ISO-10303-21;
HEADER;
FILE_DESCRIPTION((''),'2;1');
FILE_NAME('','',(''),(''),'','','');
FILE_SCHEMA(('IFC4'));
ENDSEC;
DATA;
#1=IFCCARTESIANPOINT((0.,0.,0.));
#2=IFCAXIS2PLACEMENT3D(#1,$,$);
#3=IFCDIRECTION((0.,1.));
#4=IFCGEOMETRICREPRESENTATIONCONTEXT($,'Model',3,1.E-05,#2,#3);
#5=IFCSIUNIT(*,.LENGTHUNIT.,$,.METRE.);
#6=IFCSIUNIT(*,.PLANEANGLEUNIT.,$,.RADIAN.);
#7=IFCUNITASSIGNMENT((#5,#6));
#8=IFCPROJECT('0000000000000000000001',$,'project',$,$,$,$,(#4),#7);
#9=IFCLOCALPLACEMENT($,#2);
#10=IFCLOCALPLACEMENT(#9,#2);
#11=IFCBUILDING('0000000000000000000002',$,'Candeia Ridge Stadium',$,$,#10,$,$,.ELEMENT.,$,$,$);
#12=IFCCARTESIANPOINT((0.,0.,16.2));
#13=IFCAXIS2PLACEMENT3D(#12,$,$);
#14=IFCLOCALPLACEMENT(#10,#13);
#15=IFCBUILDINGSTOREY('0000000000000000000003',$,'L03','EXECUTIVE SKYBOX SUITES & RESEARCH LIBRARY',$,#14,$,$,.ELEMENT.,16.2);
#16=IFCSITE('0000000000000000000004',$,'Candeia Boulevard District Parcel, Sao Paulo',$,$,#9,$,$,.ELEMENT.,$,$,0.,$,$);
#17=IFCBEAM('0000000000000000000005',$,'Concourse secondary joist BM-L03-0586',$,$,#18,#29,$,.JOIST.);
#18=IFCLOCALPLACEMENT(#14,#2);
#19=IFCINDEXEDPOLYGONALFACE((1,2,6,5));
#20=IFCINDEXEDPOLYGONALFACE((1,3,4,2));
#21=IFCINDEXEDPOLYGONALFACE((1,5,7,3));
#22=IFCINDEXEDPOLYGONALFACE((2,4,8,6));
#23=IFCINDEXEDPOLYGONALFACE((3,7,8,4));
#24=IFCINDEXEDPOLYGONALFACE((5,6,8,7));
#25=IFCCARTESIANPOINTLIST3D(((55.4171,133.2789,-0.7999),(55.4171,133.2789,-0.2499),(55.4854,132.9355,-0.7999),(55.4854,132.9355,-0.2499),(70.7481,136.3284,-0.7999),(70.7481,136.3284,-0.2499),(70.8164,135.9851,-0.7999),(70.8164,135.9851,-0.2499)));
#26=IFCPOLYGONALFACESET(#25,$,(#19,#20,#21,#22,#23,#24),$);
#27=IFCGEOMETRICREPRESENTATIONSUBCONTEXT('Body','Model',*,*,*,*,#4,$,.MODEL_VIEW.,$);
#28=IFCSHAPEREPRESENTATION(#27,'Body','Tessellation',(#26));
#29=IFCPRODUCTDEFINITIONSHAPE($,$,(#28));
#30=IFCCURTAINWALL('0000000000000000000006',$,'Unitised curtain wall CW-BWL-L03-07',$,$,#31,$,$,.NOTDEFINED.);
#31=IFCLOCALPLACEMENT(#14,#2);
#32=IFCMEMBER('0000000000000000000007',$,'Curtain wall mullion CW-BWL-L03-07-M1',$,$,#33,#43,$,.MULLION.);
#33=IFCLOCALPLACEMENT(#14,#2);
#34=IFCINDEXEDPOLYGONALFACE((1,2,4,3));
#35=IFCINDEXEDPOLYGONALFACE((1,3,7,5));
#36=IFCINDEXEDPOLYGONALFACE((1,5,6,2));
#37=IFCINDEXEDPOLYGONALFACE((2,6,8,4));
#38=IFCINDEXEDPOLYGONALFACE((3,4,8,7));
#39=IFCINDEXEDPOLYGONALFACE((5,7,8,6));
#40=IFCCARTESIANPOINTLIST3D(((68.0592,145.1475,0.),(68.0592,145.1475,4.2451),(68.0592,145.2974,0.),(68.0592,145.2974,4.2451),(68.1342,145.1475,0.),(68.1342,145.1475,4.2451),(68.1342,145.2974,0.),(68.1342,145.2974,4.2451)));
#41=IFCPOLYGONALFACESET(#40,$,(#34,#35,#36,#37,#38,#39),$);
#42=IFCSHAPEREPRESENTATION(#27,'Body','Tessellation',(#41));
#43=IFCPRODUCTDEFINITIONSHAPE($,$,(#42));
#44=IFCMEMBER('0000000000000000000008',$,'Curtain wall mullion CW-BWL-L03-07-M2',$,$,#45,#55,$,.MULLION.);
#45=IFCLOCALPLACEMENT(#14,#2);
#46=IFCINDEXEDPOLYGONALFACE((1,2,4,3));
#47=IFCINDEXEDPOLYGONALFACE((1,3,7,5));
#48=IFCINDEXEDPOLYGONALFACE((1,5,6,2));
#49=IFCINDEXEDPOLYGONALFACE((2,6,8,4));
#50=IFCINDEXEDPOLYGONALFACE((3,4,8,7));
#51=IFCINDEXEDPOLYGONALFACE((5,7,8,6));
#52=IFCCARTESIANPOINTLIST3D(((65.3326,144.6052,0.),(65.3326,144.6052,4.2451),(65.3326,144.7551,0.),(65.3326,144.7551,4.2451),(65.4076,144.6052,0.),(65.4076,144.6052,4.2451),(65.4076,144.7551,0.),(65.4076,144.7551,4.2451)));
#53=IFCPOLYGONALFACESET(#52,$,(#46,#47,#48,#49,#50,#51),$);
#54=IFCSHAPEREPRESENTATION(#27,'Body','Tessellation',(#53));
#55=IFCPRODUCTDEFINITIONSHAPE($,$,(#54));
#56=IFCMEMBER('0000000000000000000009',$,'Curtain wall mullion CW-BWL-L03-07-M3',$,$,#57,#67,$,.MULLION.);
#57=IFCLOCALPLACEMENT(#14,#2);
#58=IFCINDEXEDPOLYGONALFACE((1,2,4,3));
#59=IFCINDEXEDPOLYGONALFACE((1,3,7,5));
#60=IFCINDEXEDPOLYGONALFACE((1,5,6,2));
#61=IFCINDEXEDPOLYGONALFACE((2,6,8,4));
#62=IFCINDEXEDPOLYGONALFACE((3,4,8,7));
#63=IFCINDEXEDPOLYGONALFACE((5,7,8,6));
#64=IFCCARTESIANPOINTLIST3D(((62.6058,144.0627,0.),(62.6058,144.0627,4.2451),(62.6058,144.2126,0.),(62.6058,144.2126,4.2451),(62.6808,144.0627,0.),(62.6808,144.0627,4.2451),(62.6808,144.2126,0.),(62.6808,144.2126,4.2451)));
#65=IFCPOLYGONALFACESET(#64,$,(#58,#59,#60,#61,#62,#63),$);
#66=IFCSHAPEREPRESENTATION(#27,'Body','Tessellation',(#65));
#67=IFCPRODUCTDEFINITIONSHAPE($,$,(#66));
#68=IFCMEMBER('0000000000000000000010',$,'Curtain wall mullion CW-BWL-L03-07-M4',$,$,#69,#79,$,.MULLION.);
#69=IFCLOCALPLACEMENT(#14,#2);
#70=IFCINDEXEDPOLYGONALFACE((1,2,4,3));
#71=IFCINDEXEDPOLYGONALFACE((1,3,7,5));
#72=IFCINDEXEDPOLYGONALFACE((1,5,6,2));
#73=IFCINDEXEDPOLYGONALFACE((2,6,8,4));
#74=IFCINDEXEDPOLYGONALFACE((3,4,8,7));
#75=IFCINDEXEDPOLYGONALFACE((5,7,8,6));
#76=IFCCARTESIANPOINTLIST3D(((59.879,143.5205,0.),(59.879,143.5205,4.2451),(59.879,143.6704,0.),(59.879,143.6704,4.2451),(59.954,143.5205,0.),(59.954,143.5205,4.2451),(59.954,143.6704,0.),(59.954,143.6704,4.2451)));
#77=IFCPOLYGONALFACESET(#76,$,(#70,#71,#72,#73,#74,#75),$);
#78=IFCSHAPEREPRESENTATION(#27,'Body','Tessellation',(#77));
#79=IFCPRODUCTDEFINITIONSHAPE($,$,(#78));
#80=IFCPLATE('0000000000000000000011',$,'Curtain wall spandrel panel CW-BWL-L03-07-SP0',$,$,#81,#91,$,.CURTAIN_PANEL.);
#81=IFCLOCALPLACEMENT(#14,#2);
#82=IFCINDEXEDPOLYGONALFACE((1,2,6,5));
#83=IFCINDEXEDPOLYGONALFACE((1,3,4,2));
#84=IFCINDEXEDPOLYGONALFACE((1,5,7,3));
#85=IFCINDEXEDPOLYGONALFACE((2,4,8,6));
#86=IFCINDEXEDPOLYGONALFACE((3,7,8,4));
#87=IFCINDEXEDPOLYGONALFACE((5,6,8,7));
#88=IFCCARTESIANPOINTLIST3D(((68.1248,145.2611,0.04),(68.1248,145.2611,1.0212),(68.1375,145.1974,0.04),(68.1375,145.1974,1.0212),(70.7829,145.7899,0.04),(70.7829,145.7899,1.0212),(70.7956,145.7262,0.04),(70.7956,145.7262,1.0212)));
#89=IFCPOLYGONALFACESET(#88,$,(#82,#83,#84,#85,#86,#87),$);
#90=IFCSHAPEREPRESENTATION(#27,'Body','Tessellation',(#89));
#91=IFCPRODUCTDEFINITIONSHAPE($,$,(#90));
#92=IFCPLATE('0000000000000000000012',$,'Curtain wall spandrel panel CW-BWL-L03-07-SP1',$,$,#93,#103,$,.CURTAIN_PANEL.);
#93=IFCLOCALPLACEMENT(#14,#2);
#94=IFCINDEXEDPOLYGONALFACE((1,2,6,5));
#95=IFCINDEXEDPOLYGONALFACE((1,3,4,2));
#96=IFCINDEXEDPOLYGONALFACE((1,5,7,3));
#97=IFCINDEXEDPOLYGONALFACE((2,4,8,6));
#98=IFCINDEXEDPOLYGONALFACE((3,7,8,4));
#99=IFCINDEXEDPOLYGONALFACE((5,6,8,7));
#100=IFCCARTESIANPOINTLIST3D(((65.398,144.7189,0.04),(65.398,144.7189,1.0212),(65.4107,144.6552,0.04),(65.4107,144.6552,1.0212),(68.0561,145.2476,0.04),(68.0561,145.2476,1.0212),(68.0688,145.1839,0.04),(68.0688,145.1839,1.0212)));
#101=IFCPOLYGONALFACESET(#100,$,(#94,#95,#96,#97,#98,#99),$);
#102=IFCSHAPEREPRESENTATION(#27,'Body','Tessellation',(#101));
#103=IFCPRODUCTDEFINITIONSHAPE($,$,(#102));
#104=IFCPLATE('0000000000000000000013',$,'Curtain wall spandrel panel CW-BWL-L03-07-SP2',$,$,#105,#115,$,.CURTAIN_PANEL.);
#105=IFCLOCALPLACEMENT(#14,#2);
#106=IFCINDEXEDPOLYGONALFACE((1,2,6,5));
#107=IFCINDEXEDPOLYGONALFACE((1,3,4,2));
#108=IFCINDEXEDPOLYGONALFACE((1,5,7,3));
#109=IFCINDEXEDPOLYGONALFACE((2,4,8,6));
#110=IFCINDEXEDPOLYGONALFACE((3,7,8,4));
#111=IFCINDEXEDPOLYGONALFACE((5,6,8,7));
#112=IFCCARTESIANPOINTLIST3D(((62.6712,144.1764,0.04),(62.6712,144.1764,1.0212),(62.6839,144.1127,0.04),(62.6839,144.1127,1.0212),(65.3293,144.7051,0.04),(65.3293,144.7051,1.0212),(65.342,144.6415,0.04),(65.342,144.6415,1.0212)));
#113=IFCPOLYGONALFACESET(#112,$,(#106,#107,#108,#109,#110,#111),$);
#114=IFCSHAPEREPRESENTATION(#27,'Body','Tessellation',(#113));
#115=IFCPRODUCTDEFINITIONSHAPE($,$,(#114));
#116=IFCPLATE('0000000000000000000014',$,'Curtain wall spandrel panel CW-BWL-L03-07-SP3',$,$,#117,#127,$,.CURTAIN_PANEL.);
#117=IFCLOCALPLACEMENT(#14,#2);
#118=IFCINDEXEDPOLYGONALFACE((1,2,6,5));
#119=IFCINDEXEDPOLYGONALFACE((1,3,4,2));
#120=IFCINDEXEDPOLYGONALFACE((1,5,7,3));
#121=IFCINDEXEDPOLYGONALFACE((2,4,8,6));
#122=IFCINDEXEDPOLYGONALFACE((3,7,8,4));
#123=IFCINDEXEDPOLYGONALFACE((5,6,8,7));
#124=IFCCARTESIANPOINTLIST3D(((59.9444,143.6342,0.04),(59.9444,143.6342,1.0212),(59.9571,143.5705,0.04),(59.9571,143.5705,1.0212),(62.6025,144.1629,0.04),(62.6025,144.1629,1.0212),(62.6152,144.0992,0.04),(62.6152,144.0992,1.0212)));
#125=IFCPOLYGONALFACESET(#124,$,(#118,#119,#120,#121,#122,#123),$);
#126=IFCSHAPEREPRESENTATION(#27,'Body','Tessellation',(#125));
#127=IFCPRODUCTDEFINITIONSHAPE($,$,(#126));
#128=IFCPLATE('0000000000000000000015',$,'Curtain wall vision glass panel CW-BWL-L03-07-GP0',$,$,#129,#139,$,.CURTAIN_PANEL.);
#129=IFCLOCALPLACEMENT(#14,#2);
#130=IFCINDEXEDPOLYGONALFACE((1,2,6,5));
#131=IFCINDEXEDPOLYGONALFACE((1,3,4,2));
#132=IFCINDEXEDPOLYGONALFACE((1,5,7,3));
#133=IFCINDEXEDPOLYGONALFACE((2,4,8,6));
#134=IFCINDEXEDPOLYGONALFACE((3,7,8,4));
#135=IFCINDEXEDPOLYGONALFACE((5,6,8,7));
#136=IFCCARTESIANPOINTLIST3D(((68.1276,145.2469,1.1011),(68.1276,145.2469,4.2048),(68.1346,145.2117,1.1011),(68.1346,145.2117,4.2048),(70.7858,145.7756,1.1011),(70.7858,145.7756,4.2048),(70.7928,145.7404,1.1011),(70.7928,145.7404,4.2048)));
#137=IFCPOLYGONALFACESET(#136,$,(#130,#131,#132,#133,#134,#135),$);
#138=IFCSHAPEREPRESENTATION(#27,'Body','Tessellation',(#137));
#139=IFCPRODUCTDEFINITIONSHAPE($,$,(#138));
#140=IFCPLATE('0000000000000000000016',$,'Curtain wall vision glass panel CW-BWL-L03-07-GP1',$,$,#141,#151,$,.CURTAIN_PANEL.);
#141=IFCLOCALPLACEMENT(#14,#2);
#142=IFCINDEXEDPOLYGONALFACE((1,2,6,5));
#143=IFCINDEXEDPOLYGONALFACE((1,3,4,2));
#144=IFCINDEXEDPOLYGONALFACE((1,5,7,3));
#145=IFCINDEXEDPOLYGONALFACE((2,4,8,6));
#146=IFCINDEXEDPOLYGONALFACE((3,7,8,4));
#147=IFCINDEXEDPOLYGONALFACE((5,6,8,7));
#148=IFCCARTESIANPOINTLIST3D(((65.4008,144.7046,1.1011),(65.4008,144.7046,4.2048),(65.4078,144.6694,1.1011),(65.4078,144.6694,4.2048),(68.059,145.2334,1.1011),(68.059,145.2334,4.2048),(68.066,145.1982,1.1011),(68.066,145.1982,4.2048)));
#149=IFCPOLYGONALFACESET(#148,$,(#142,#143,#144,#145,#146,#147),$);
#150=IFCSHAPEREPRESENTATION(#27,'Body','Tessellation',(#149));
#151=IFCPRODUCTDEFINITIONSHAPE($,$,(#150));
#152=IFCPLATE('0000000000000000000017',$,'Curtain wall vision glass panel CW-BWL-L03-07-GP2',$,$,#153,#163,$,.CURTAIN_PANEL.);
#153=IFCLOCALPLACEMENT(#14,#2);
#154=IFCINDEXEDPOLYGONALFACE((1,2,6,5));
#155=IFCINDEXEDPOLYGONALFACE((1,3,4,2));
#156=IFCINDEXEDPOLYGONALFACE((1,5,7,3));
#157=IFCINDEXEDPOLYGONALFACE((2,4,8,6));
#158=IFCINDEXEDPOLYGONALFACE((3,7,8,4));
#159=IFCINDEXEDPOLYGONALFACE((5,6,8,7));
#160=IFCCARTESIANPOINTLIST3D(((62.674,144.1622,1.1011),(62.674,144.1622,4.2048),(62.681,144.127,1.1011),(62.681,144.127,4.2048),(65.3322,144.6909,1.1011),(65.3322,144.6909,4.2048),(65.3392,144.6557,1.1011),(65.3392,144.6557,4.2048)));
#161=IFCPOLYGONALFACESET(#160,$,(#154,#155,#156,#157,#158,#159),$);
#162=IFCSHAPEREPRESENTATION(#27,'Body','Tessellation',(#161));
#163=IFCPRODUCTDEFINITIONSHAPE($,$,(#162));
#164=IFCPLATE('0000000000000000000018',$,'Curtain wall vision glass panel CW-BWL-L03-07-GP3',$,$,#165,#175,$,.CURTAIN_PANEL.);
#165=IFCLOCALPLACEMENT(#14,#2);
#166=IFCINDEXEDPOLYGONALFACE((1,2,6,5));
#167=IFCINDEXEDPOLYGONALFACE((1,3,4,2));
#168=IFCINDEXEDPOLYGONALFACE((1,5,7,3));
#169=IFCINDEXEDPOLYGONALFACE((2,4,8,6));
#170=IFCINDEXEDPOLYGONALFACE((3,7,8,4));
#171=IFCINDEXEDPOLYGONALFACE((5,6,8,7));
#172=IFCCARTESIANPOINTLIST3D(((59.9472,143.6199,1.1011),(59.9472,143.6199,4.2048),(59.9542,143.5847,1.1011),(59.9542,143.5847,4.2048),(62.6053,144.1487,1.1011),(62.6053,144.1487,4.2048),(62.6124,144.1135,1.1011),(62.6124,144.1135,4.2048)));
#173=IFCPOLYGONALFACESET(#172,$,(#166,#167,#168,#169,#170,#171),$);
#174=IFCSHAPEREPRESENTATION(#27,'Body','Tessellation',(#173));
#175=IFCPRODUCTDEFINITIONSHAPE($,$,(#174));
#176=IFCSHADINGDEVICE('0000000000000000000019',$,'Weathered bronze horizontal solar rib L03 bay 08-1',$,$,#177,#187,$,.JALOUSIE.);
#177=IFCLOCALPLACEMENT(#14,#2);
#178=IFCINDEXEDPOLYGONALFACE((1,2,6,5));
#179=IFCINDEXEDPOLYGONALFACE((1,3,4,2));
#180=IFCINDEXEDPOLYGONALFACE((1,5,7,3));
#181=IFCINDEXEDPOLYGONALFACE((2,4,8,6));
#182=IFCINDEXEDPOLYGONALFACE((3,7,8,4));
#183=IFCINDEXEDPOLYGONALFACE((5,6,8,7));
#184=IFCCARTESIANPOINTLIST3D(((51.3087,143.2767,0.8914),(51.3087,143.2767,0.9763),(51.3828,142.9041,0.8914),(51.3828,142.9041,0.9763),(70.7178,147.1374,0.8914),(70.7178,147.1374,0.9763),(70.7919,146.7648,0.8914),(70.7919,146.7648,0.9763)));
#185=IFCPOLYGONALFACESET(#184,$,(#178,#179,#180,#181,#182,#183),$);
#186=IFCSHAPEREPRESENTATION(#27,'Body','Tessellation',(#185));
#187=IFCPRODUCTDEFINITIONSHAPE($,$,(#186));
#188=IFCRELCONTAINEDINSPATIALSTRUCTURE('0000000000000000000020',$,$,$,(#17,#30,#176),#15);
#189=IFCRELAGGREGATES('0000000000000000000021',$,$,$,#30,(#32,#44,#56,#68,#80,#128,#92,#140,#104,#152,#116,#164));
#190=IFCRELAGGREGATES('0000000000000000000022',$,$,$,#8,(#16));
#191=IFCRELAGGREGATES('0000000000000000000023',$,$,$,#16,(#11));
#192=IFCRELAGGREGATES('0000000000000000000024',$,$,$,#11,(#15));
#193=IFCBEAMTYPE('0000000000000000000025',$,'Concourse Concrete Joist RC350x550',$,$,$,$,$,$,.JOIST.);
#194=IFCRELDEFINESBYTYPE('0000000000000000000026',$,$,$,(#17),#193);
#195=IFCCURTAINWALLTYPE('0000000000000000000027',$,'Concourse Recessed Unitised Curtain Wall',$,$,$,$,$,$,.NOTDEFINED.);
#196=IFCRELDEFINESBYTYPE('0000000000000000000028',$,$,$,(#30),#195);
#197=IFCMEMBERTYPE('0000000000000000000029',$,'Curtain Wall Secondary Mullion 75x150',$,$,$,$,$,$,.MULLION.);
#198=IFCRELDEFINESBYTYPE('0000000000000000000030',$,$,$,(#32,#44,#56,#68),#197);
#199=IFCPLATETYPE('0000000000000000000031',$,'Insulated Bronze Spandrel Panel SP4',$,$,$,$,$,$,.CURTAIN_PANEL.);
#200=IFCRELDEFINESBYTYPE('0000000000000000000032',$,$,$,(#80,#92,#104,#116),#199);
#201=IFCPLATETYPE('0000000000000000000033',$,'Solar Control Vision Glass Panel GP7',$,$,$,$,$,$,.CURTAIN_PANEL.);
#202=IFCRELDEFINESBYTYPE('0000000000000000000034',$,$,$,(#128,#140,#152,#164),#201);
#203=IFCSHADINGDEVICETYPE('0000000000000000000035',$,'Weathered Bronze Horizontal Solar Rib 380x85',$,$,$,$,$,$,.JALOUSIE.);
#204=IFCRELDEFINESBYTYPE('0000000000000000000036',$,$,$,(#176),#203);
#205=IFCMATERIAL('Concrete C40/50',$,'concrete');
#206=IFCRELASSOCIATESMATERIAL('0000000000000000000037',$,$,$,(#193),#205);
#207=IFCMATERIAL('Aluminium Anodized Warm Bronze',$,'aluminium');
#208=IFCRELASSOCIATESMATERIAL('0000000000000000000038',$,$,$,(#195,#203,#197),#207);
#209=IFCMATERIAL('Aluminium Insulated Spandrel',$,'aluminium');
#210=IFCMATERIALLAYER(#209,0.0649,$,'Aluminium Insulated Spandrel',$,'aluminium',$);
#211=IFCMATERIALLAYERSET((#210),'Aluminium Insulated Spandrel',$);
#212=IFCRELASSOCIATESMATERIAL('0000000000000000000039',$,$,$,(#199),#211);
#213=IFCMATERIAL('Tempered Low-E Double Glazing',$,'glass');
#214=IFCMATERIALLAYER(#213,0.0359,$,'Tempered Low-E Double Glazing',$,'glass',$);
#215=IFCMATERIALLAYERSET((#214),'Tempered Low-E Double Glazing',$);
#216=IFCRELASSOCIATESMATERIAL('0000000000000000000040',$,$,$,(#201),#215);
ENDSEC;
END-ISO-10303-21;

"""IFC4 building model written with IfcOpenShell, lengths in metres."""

from ifc_helpers import new_model, si_unit, direction, frame, origin, origin_2d, place, context, subcontext, project, spatial, rectangle, extrude, material, layer, layer_set, material_profile, profile_set, type_object, element, aggregate, save


model = new_model("IFC4")

# Units and contexts
model_context = context("Model", 3, precision=1e-05, world=origin(), true_north=direction((0.0, 1.0)))
body_context = subcontext(model_context, "Body", "Model", "MODEL_VIEW")
ifc_project = project(units=[si_unit("LENGTHUNIT", "METRE"), si_unit("PLANEANGLEUNIT", "RADIAN")], contexts=[model_context])

# Site, building, storey
site_placement = place(None, origin())
site = spatial("IfcSite", under=ifc_project, at=site_placement, Name="Candeia Boulevard District Parcel, Sao Paulo", CompositionType="ELEMENT", RefElevation=0.0)
building_placement = place(site_placement, origin())
building = spatial("IfcBuilding", under=site, at=building_placement, Name="Candeia Ridge Stadium", CompositionType="ELEMENT")
storey_placement = place(building_placement, frame((0.0, 0.0, 16.2)))
storey = spatial("IfcBuildingStorey", under=building, at=storey_placement, Name="L03", Description="EXECUTIVE SKYBOX SUITES & RESEARCH LIBRARY", CompositionType="ELEMENT", Elevation=16.2)

# Beam
ifc_material_1 = material(Name="Concrete C40/50", Category="concrete")
ifc_material_profile_1 = material_profile(ifc_material_1, rectangle(XDim=0.3501, YDim=0.55, at=origin_2d()), Name="RC350x550", Category="concrete")
ifc_profile_set_1 = profile_set([ifc_material_profile_1], Name="Concrete C40/50")
beam_type = type_object("IfcBeamType", Name="Concourse Concrete Joist RC350x550", PredefinedType="JOIST", material=ifc_profile_set_1)
beam_placement = place(storey_placement, frame((70.7822, 136.1567, -0.5249), z_axis=(-0.980785, -0.195092, 0.0), x_axis=(0.195092, -0.980785, 0.0)))
element("IfcBeam", 1, at=beam_placement, inside=storey, type_object=beam_type, Name="Concourse secondary joist BM-L03-0586", PredefinedType="JOIST", context=body_context, shape_type="SweptSolid", body=[
    extrude(rectangle(XDim=0.3501, YDim=0.55, at=origin_2d()), origin(), (0.0, 0.0, 1.0), 15.6313),
])

# Curtain wall, members, plates
ifc_material_2 = material(Name="Aluminium Anodized Warm Bronze", Category="aluminium")
curtain_wall_type = type_object("IfcCurtainWallType", Name="Concourse Recessed Unitised Curtain Wall", PredefinedType="NOTDEFINED", material=ifc_material_2)
curtain_wall_placement = place(storey_placement, origin())
curtain_wall = element("IfcCurtainWall", 2, at=curtain_wall_placement, inside=storey, type_object=curtain_wall_type, Name="Unitised curtain wall CW-BWL-L03-07", PredefinedType="NOTDEFINED")
ifc_material_profile_2 = material_profile(ifc_material_2, rectangle(XDim=0.075, YDim=0.1499, at=origin_2d()), Name="CWM-75x150", Category="aluminium")
ifc_profile_set_2 = profile_set([ifc_material_profile_2], Name="Aluminium Anodized Warm Bronze")
member_type = type_object("IfcMemberType", Name="Curtain Wall Secondary Mullion 75x150", PredefinedType="MULLION", material=ifc_profile_set_2)
member_1_placement = place(storey_placement, frame((68.0967, 145.2224, 0.0), z_axis=(0.0, 0.0, 1.0), x_axis=(1.0, 0.0, 0.0)))
member_1 = element("IfcMember", 3, at=member_1_placement, type_object=member_type, Name="Curtain wall mullion CW-BWL-L03-07-M1", PredefinedType="MULLION", context=body_context, shape_type="SweptSolid", body=[
    extrude(rectangle(XDim=0.075, YDim=0.1499, at=origin_2d()), origin(), (0.0, 0.0, 1.0), 4.2451),
])
member_2_placement = place(storey_placement, frame((65.3701, 144.6802, 0.0), z_axis=(0.0, 0.0, 1.0), x_axis=(1.0, 0.0, 0.0)))
member_2 = element("IfcMember", 4, at=member_2_placement, type_object=member_type, Name="Curtain wall mullion CW-BWL-L03-07-M2", PredefinedType="MULLION", context=body_context, shape_type="SweptSolid", body=[
    extrude(rectangle(XDim=0.075, YDim=0.1499, at=origin_2d()), origin(), (0.0, 0.0, 1.0), 4.2451),
])
member_3_placement = place(storey_placement, frame((62.6433, 144.1377, 0.0), z_axis=(0.0, 0.0, 1.0), x_axis=(1.0, 0.0, 0.0)))
member_3 = element("IfcMember", 5, at=member_3_placement, type_object=member_type, Name="Curtain wall mullion CW-BWL-L03-07-M3", PredefinedType="MULLION", context=body_context, shape_type="SweptSolid", body=[
    extrude(rectangle(XDim=0.075, YDim=0.1499, at=origin_2d()), origin(), (0.0, 0.0, 1.0), 4.2451),
])
member_4_placement = place(storey_placement, frame((59.9165, 143.5955, 0.0), z_axis=(0.0, 0.0, 1.0), x_axis=(1.0, 0.0, 0.0)))
member_4 = element("IfcMember", 6, at=member_4_placement, type_object=member_type, Name="Curtain wall mullion CW-BWL-L03-07-M4", PredefinedType="MULLION", context=body_context, shape_type="SweptSolid", body=[
    extrude(rectangle(XDim=0.075, YDim=0.1499, at=origin_2d()), origin(), (0.0, 0.0, 1.0), 4.2451),
])
ifc_material_3 = material(Name="Aluminium Insulated Spandrel", Category="aluminium")
ifc_layer_1 = layer(ifc_material_3, 0.0649, Name="Aluminium Insulated Spandrel", Category="aluminium")
ifc_layer_set_1 = layer_set([ifc_layer_1], Name="Aluminium Insulated Spandrel")
plate_type_1 = type_object("IfcPlateType", Name="Insulated Bronze Spandrel Panel SP4", PredefinedType="CURTAIN_PANEL", material=ifc_layer_set_1)
plate_1_placement = place(storey_placement, frame((69.4602, 145.4937, 0.04), z_axis=(0.0, 0.0, 1.0), x_axis=(-0.980785, -0.19509, 0.0)))
plate_1 = element("IfcPlate", 7, at=plate_1_placement, type_object=plate_type_1, Name="Curtain wall spandrel panel CW-BWL-L03-07-SP0", PredefinedType="CURTAIN_PANEL", context=body_context, shape_type="SweptSolid", body=[
    extrude(rectangle(XDim=2.7102, YDim=0.0649, at=origin_2d()), origin(), (0.0, 0.0, 1.0), 0.9812),
])
plate_2_placement = place(storey_placement, frame((66.7334, 144.9514, 0.04), z_axis=(0.0, 0.0, 1.0), x_axis=(-0.980785, -0.19509, 0.0)))
plate_2 = element("IfcPlate", 8, at=plate_2_placement, type_object=plate_type_1, Name="Curtain wall spandrel panel CW-BWL-L03-07-SP1", PredefinedType="CURTAIN_PANEL", context=body_context, shape_type="SweptSolid", body=[
    extrude(rectangle(XDim=2.7102, YDim=0.0649, at=origin_2d()), origin(), (0.0, 0.0, 1.0), 0.9812),
])
plate_3_placement = place(storey_placement, frame((64.0066, 144.4089, 0.04), z_axis=(0.0, 0.0, 1.0), x_axis=(-0.980785, -0.19509, 0.0)))
plate_3 = element("IfcPlate", 9, at=plate_3_placement, type_object=plate_type_1, Name="Curtain wall spandrel panel CW-BWL-L03-07-SP2", PredefinedType="CURTAIN_PANEL", context=body_context, shape_type="SweptSolid", body=[
    extrude(rectangle(XDim=2.7102, YDim=0.0649, at=origin_2d()), origin(), (0.0, 0.0, 1.0), 0.9812),
])
plate_4_placement = place(storey_placement, frame((61.2798, 143.8667, 0.04), z_axis=(0.0, 0.0, 1.0), x_axis=(-0.980785, -0.19509, 0.0)))
plate_4 = element("IfcPlate", 10, at=plate_4_placement, type_object=plate_type_1, Name="Curtain wall spandrel panel CW-BWL-L03-07-SP3", PredefinedType="CURTAIN_PANEL", context=body_context, shape_type="SweptSolid", body=[
    extrude(rectangle(XDim=2.7102, YDim=0.0649, at=origin_2d()), origin(), (0.0, 0.0, 1.0), 0.9812),
])
ifc_material_4 = material(Name="Tempered Low-E Double Glazing", Category="glass")
ifc_layer_2 = layer(ifc_material_4, 0.0359, Name="Tempered Low-E Double Glazing", Category="glass")
ifc_layer_set_2 = layer_set([ifc_layer_2], Name="Tempered Low-E Double Glazing")
plate_type_2 = type_object("IfcPlateType", Name="Solar Control Vision Glass Panel GP7", PredefinedType="CURTAIN_PANEL", material=ifc_layer_set_2)
plate_5_placement = place(storey_placement, frame((69.4602, 145.4937, 1.1011), z_axis=(0.0, 0.0, 1.0), x_axis=(-0.980785, -0.19509, 0.0)))
plate_5 = element("IfcPlate", 11, at=plate_5_placement, type_object=plate_type_2, Name="Curtain wall vision glass panel CW-BWL-L03-07-GP0", PredefinedType="CURTAIN_PANEL", context=body_context, shape_type="SweptSolid", body=[
    extrude(rectangle(XDim=2.7102, YDim=0.0359, at=origin_2d()), origin(), (0.0, 0.0, 1.0), 3.1038),
])
plate_6_placement = place(storey_placement, frame((66.7334, 144.9514, 1.1011), z_axis=(0.0, 0.0, 1.0), x_axis=(-0.980785, -0.19509, 0.0)))
plate_6 = element("IfcPlate", 12, at=plate_6_placement, type_object=plate_type_2, Name="Curtain wall vision glass panel CW-BWL-L03-07-GP1", PredefinedType="CURTAIN_PANEL", context=body_context, shape_type="SweptSolid", body=[
    extrude(rectangle(XDim=2.7102, YDim=0.0359, at=origin_2d()), origin(), (0.0, 0.0, 1.0), 3.1038),
])
plate_7_placement = place(storey_placement, frame((64.0066, 144.4089, 1.1011), z_axis=(0.0, 0.0, 1.0), x_axis=(-0.980785, -0.19509, 0.0)))
plate_7 = element("IfcPlate", 13, at=plate_7_placement, type_object=plate_type_2, Name="Curtain wall vision glass panel CW-BWL-L03-07-GP2", PredefinedType="CURTAIN_PANEL", context=body_context, shape_type="SweptSolid", body=[
    extrude(rectangle(XDim=2.7102, YDim=0.0359, at=origin_2d()), origin(), (0.0, 0.0, 1.0), 3.1038),
])
plate_8_placement = place(storey_placement, frame((61.2798, 143.8667, 1.1011), z_axis=(0.0, 0.0, 1.0), x_axis=(-0.980785, -0.19509, 0.0)))
plate_8 = element("IfcPlate", 14, at=plate_8_placement, type_object=plate_type_2, Name="Curtain wall vision glass panel CW-BWL-L03-07-GP3", PredefinedType="CURTAIN_PANEL", context=body_context, shape_type="SweptSolid", body=[
    extrude(rectangle(XDim=2.7102, YDim=0.0359, at=origin_2d()), origin(), (0.0, 0.0, 1.0), 3.1038),
])
aggregate(curtain_wall, [member_1, member_2, member_3, member_4, plate_1, plate_5, plate_2, plate_6, plate_3, plate_7, plate_4, plate_8])

# Shading device
shading_device_type = type_object("IfcShadingDeviceType", Name="Weathered Bronze Horizontal Solar Rib 380x85", PredefinedType="JALOUSIE", material=ifc_material_2)
for number, where, z_axis, x_axis, name in (
    (15, (61.0503, 145.0208, 0.8914), (0.0, 0.0, 1.0), (-0.980785, -0.19509, 0.0), "Weathered bronze horizontal solar rib L03 bay 08-1"),
):
    element("IfcShadingDevice", number, at=place(storey_placement, frame(where, z_axis=z_axis, x_axis=x_axis)), inside=storey, type_object=shading_device_type, Name=name, PredefinedType="JALOUSIE", context=body_context, shape_type="SweptSolid", body=[
        extrude(rectangle(XDim=19.7893, YDim=0.3799, at=origin_2d()), origin(), (0.0, 0.0, 1.0), 0.085),
    ])

save(model, "model.ifc")
